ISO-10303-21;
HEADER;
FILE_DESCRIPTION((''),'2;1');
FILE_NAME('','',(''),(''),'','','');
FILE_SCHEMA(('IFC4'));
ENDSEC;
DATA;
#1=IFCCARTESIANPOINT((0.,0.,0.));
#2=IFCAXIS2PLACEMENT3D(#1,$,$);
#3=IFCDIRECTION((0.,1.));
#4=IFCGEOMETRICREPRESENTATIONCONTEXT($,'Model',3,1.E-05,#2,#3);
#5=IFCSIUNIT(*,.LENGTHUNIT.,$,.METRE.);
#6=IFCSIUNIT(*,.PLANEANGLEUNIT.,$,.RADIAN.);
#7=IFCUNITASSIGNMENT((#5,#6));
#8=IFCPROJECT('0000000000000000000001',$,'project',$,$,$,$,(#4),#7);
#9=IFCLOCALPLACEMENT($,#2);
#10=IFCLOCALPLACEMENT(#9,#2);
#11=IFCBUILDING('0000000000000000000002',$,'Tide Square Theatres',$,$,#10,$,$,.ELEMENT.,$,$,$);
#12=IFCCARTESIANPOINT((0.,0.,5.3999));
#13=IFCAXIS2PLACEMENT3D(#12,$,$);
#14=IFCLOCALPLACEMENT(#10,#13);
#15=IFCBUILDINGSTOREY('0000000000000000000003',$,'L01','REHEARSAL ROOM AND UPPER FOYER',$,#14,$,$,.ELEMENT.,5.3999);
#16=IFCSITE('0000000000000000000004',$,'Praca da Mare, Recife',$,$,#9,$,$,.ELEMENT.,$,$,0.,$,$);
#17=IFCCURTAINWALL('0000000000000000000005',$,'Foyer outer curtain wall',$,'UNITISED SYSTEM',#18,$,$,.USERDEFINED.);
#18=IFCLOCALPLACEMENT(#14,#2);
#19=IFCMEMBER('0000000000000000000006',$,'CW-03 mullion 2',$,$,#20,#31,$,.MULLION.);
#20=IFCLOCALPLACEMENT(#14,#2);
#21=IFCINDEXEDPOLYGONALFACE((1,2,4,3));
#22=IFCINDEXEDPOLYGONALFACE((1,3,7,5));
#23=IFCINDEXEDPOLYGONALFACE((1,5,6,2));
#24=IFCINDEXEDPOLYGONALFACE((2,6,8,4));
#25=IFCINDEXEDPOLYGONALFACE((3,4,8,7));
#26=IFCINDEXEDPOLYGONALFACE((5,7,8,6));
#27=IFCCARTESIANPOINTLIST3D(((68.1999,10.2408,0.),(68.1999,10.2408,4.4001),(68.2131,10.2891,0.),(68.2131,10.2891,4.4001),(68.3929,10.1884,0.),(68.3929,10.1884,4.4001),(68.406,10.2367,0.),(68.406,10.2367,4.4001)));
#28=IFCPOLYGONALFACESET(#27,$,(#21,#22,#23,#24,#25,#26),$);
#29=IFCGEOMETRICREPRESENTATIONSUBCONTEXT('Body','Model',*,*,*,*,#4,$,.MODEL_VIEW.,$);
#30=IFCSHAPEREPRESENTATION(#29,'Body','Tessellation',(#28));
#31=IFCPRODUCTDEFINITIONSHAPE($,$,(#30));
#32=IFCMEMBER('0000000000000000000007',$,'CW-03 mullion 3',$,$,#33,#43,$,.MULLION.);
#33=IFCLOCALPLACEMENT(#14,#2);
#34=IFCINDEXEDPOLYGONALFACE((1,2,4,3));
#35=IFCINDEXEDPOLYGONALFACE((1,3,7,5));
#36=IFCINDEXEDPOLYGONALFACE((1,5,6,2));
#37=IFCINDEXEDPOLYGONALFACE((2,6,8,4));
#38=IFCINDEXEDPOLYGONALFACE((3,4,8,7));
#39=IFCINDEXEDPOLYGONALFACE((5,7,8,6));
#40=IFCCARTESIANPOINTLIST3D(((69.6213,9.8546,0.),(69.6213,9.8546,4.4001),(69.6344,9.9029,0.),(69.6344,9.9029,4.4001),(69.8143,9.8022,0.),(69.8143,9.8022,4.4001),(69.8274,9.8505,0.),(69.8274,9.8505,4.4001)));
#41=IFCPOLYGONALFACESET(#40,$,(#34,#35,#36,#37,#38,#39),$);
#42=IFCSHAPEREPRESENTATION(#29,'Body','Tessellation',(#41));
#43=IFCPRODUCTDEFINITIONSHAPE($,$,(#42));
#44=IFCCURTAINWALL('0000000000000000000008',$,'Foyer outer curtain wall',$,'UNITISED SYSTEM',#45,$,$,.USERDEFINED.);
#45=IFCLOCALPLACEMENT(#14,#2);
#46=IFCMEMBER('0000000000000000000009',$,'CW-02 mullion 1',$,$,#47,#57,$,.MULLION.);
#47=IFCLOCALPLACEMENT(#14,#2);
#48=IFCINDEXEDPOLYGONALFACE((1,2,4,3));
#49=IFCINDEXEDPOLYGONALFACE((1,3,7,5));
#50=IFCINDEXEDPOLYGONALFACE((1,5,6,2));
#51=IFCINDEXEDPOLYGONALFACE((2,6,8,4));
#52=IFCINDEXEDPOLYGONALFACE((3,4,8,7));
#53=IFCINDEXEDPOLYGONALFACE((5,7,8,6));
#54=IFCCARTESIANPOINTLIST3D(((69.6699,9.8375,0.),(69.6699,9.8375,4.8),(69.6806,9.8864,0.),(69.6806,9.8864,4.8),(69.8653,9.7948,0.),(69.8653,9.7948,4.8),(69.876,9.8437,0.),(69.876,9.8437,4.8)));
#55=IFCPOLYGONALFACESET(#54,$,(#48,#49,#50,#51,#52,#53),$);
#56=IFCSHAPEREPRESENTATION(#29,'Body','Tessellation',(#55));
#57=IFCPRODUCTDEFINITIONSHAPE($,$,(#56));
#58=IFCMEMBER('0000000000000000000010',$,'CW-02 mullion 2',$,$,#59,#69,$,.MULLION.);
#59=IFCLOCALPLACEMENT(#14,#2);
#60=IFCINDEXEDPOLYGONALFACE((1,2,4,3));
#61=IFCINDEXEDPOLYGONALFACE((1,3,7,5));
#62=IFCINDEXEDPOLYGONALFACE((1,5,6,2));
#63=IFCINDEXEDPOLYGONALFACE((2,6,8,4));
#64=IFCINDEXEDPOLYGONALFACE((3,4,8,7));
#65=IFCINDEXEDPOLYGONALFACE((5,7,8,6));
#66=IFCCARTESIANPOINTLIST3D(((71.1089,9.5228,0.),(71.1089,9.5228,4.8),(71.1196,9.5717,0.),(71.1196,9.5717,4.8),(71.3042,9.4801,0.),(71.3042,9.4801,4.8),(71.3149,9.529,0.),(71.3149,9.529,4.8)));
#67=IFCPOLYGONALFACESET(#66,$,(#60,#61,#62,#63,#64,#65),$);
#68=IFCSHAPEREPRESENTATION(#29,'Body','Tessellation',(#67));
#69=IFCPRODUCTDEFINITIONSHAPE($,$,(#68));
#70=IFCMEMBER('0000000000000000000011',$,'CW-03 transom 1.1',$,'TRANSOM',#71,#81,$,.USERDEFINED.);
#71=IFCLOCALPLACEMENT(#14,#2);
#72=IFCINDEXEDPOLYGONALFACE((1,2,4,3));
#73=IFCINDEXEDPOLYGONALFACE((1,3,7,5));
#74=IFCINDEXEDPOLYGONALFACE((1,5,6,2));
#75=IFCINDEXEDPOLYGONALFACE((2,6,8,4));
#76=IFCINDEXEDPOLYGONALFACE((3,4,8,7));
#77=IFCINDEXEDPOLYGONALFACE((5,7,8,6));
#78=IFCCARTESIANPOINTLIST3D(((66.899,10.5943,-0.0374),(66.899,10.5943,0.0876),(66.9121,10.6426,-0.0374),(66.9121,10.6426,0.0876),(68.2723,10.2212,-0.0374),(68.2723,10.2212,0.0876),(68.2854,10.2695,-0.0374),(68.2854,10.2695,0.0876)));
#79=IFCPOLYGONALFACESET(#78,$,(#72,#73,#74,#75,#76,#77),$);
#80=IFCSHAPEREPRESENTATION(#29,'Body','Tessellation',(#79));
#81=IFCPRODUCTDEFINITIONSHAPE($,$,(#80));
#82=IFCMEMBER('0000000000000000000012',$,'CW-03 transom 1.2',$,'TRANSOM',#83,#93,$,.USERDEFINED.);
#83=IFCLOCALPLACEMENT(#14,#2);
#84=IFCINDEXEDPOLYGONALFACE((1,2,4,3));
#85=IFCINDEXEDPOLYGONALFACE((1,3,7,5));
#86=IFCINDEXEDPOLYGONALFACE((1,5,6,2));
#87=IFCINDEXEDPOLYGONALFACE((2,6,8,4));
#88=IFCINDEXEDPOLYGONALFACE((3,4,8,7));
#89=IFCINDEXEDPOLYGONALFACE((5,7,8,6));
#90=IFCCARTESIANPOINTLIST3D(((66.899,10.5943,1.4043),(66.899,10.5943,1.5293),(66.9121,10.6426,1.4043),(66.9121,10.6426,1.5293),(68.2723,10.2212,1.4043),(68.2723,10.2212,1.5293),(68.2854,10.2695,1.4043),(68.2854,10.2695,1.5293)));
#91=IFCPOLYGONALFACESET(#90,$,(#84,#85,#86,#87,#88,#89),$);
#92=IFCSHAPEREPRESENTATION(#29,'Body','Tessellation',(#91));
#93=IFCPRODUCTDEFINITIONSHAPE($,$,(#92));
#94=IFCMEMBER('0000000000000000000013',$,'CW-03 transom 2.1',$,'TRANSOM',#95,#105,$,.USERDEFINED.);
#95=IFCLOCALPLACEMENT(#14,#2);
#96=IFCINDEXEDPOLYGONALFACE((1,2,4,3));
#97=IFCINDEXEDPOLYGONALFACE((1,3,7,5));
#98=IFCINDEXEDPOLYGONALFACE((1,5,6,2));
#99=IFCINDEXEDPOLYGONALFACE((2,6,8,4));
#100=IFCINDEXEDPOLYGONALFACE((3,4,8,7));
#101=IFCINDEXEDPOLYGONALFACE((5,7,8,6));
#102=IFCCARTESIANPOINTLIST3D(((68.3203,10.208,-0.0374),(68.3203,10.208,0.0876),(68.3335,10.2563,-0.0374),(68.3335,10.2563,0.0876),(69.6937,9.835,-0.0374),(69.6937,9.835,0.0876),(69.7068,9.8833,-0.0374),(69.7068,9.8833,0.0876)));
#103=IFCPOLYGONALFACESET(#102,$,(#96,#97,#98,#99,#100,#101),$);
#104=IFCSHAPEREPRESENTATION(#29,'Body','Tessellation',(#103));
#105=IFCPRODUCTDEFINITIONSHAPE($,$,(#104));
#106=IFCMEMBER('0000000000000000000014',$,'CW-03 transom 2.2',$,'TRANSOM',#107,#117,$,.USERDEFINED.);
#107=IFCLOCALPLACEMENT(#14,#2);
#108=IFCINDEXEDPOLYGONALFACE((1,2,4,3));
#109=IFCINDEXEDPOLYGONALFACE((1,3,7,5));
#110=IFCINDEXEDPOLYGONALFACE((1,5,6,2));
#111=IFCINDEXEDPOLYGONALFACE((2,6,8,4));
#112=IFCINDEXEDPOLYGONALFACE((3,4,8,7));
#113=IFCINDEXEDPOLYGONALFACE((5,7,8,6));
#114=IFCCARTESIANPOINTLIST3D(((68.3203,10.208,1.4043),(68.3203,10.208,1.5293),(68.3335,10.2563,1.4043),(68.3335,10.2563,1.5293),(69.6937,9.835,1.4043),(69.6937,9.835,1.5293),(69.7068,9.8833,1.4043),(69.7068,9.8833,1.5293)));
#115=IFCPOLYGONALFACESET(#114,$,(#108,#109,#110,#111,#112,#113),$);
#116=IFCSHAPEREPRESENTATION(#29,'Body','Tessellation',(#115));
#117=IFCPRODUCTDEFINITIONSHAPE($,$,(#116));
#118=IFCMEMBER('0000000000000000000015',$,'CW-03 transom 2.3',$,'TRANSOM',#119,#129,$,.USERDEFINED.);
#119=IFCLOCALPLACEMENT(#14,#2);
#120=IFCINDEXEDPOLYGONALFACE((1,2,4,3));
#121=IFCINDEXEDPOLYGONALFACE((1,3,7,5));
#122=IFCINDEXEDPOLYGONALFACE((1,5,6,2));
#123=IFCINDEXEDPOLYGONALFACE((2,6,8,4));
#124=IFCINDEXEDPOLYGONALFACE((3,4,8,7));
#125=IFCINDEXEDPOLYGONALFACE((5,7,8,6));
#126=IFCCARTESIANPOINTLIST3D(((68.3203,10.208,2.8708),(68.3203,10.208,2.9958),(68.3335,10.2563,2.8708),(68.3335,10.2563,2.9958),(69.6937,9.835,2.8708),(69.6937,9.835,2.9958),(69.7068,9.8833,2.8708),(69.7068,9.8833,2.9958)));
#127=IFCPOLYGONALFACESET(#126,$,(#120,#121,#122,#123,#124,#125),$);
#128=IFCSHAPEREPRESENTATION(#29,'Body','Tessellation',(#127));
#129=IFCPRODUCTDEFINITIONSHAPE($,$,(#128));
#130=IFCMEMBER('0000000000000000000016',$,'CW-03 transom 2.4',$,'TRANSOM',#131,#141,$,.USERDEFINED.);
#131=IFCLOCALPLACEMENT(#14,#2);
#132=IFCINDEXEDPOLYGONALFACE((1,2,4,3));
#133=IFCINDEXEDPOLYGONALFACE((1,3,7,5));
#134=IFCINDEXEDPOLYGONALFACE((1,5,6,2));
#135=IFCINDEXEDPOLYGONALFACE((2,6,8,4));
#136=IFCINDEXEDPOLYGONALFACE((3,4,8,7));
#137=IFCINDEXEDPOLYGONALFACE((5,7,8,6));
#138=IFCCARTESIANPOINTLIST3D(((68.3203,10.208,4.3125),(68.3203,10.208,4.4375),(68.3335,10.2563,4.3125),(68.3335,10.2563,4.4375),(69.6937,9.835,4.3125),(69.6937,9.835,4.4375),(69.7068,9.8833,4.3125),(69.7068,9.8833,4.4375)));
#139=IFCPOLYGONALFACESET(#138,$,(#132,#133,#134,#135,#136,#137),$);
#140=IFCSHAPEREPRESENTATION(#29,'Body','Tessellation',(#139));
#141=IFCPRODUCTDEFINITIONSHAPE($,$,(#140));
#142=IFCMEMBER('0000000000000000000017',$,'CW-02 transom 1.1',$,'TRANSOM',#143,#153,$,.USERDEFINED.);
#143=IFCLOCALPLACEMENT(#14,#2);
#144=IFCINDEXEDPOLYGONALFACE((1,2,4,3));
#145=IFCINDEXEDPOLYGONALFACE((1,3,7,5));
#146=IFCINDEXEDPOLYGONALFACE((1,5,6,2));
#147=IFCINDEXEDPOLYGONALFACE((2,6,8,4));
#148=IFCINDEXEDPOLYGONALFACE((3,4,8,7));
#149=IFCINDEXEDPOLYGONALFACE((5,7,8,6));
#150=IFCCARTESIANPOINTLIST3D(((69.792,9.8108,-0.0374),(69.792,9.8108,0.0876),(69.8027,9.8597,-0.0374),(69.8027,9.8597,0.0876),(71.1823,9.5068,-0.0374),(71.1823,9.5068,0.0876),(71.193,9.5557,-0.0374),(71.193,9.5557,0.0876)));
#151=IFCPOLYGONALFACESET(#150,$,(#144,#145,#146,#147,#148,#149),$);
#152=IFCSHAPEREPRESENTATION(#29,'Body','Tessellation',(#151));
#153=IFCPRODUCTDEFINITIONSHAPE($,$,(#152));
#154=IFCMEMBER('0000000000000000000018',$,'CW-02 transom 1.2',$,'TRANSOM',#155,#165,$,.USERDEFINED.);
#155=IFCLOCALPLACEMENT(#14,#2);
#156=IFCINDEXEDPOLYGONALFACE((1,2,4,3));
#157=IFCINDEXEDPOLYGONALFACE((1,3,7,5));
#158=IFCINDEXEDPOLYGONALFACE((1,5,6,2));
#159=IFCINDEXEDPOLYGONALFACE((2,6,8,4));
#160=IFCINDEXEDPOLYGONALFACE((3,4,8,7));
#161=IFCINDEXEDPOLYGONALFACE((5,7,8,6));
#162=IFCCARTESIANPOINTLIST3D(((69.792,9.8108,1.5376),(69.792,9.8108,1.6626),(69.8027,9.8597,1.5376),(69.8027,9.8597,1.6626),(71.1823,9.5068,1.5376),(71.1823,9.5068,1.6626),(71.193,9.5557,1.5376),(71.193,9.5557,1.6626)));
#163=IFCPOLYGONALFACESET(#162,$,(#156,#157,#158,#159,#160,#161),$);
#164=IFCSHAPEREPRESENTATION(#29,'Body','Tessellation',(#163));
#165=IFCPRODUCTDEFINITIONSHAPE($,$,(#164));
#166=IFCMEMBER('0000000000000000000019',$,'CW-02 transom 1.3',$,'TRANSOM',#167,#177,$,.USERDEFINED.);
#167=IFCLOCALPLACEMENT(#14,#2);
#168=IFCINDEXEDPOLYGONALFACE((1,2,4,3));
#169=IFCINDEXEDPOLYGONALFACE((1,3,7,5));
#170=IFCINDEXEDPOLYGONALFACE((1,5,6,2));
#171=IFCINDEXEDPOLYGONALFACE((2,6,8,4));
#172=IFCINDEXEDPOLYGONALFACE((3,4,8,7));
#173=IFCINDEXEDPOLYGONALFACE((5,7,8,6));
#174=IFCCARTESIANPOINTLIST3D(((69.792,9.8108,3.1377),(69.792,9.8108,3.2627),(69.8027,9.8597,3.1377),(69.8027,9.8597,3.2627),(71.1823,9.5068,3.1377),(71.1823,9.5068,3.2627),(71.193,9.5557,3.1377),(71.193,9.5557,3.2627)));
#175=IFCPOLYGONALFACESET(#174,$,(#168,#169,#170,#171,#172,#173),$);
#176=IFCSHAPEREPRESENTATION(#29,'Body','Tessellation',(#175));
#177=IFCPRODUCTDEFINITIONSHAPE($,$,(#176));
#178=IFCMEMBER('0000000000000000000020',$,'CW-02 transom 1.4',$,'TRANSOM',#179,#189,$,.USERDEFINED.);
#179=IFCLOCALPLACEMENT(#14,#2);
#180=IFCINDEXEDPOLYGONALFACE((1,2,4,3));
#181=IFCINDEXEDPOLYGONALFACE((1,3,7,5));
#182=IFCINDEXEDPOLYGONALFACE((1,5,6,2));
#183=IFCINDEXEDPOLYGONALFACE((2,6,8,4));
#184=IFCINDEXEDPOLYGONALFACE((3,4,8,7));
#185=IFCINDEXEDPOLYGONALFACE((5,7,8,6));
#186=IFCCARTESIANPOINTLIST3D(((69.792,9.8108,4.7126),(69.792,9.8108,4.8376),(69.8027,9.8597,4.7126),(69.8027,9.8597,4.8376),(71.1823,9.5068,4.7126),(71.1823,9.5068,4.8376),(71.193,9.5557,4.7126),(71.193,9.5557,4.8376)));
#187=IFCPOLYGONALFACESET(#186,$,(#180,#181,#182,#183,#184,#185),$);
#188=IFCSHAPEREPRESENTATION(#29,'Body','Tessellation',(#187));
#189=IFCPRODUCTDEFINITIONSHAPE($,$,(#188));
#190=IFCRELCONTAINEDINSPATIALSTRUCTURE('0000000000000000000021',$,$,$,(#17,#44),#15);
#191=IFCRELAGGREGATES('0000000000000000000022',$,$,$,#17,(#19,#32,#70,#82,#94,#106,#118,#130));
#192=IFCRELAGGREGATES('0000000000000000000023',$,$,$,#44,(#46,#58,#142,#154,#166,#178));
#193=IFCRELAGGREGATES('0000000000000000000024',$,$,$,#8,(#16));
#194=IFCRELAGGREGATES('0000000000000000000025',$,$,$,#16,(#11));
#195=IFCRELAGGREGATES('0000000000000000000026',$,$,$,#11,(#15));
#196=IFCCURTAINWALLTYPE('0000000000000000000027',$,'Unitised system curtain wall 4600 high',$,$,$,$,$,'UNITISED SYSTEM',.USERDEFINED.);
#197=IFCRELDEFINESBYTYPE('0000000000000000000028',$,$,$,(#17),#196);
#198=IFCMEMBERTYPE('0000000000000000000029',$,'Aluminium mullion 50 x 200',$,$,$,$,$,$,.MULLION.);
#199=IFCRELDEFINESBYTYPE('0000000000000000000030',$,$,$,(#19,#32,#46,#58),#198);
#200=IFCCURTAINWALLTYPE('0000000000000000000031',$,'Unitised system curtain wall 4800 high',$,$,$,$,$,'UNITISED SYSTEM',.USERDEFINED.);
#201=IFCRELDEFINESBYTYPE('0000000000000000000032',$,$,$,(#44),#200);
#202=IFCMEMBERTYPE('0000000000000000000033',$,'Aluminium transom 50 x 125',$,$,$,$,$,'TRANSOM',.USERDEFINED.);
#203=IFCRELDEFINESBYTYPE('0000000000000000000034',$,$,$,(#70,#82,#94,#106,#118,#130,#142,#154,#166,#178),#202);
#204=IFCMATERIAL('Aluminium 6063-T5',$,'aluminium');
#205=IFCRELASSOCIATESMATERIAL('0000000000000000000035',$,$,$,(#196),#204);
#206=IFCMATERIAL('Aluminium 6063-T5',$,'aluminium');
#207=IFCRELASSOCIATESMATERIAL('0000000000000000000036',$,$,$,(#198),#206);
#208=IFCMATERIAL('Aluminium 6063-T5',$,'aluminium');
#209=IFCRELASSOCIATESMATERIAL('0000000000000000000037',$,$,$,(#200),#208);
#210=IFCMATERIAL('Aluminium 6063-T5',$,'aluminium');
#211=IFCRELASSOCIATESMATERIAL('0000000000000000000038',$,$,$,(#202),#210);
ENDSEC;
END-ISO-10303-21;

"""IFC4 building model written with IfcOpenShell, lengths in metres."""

from ifc_helpers import new_model, si_unit, direction, frame, origin, origin_2d, place, context, subcontext, project, spatial, rectangle, extrude, material, material_profile, profile_set, type_object, element, aggregate, save


model = new_model("IFC4")

# Units and contexts
model_context = context("Model", 3, precision=1e-05, world=origin(), true_north=direction((0.0, 1.0)))
body_context = subcontext(model_context, "Body", "Model", "MODEL_VIEW")
ifc_project = project(units=[si_unit("LENGTHUNIT", "METRE"), si_unit("PLANEANGLEUNIT", "RADIAN")], contexts=[model_context])

# Site, building, storey
site_placement = place(None, origin())
site = spatial("IfcSite", under=ifc_project, at=site_placement, Name="Praca da Mare, Recife", CompositionType="ELEMENT", RefElevation=0.0)
building_placement = place(site_placement, origin())
building = spatial("IfcBuilding", under=site, at=building_placement, Name="Tide Square Theatres", CompositionType="ELEMENT")
storey_placement = place(building_placement, frame((0.0, 0.0, 5.3999)))
storey = spatial("IfcBuildingStorey", under=building, at=storey_placement, Name="L01", Description="REHEARSAL ROOM AND UPPER FOYER", CompositionType="ELEMENT", Elevation=5.3999)

# Curtain walls, members
ifc_material_1 = material(Name="Aluminium 6063-T5", Category="aluminium")
curtain_wall_type_1 = type_object("IfcCurtainWallType", Name="Unitised system curtain wall 4600 high", ElementType="UNITISED SYSTEM", PredefinedType="USERDEFINED", material=ifc_material_1)
curtain_wall_1_placement = place(storey_placement, origin())
curtain_wall_1 = element("IfcCurtainWall", 1, at=curtain_wall_1_placement, inside=storey, type_object=curtain_wall_type_1, Name="Foyer outer curtain wall", ObjectType="UNITISED SYSTEM", PredefinedType="USERDEFINED")
ifc_material_2 = material(Name="Aluminium 6063-T5", Category="aluminium")
ifc_material_profile_1 = material_profile(ifc_material_2, rectangle(XDim=0.05, YDim=0.2, at=origin_2d()))
ifc_profile_set_1 = profile_set([ifc_material_profile_1], Name="Aluminium 6063-T5")
member_type_1 = type_object("IfcMemberType", Name="Aluminium mullion 50 x 200", PredefinedType="MULLION", material=ifc_profile_set_1)
member_1_placement = place(storey_placement, frame((68.303, 10.2388, 0.0), z_axis=(0.0, 0.0, 1.0), x_axis=(0.262214, 0.96501, 0.0)))
member_1 = element("IfcMember", 2, at=member_1_placement, type_object=member_type_1, Name="CW-03 mullion 2", PredefinedType="MULLION", context=body_context, shape_type="SweptSolid", body=[
    extrude(rectangle(XDim=0.05, YDim=0.2, at=origin_2d()), origin(), (0.0, 0.0, 1.0), 4.4001),
])
member_2_placement = place(storey_placement, frame((69.7244, 9.8525, 0.0), z_axis=(0.0, 0.0, 1.0), x_axis=(0.262214, 0.96501, 0.0)))
member_2 = element("IfcMember", 3, at=member_2_placement, type_object=member_type_1, Name="CW-03 mullion 3", PredefinedType="MULLION", context=body_context, shape_type="SweptSolid", body=[
    extrude(rectangle(XDim=0.05, YDim=0.2, at=origin_2d()), origin(), (0.0, 0.0, 1.0), 4.4001),
])
ifc_material_3 = material(Name="Aluminium 6063-T5", Category="aluminium")
curtain_wall_type_2 = type_object("IfcCurtainWallType", Name="Unitised system curtain wall 4800 high", ElementType="UNITISED SYSTEM", PredefinedType="USERDEFINED", material=ifc_material_3)
curtain_wall_2_placement = place(storey_placement, origin())
curtain_wall_2 = element("IfcCurtainWall", 4, at=curtain_wall_2_placement, inside=storey, type_object=curtain_wall_type_2, Name="Foyer outer curtain wall", ObjectType="UNITISED SYSTEM", PredefinedType="USERDEFINED")
member_3_placement = place(storey_placement, frame((69.7729, 9.8406, 0.0), z_axis=(0.0, 0.0, 1.0), x_axis=(0.213653, 0.97691, 0.0)))
member_3 = element("IfcMember", 5, at=member_3_placement, type_object=member_type_1, Name="CW-02 mullion 1", PredefinedType="MULLION", context=body_context, shape_type="SweptSolid", body=[
    extrude(rectangle(XDim=0.05, YDim=0.2, at=origin_2d()), origin(), (0.0, 0.0, 1.0), 4.8),
])
member_4_placement = place(storey_placement, frame((71.2119, 9.5259, 0.0), z_axis=(0.0, 0.0, 1.0), x_axis=(0.213653, 0.97691, 0.0)))
member_4 = element("IfcMember", 6, at=member_4_placement, type_object=member_type_1, Name="CW-02 mullion 2", PredefinedType="MULLION", context=body_context, shape_type="SweptSolid", body=[
    extrude(rectangle(XDim=0.05, YDim=0.2, at=origin_2d()), origin(), (0.0, 0.0, 1.0), 4.8),
])

# Members
ifc_material_4 = material(Name="Aluminium 6063-T5", Category="aluminium")
ifc_material_profile_2 = material_profile(ifc_material_4, rectangle(XDim=0.05, YDim=0.125, at=origin_2d()))
ifc_profile_set_2 = profile_set([ifc_material_profile_2], Name="Aluminium 6063-T5")
member_type_2 = type_object("IfcMemberType", Name="Aluminium transom 50 x 125", ElementType="TRANSOM", PredefinedType="USERDEFINED", material=ifc_profile_set_2)
member_5_placement = place(storey_placement, frame((66.9055, 10.6184, 0.0251), z_axis=(0.965029, -0.262145, 0.0), x_axis=(0.262145, 0.965029, 0.0)))
member_5 = element("IfcMember", 7, at=member_5_placement, type_object=member_type_2, Name="CW-03 transom 1.1", ObjectType="TRANSOM", PredefinedType="USERDEFINED", context=body_context, shape_type="SweptSolid", body=[
    extrude(rectangle(XDim=0.05, YDim=0.125, at=origin_2d()), origin(), (0.0, 0.0, 1.0), 1.4231),
])
member_6_placement = place(storey_placement, frame((66.9055, 10.6184, 1.4668), z_axis=(0.965029, -0.262145, 0.0), x_axis=(0.262145, 0.965029, 0.0)))
member_6 = element("IfcMember", 8, at=member_6_placement, type_object=member_type_2, Name="CW-03 transom 1.2", ObjectType="TRANSOM", PredefinedType="USERDEFINED", context=body_context, shape_type="SweptSolid", body=[
    extrude(rectangle(XDim=0.05, YDim=0.125, at=origin_2d()), origin(), (0.0, 0.0, 1.0), 1.4231),
])
member_7_placement = place(storey_placement, frame((68.3269, 10.2322, 0.0251), z_axis=(0.965029, -0.262145, 0.0), x_axis=(0.262145, 0.965029, 0.0)))
member_7 = element("IfcMember", 9, at=member_7_placement, type_object=member_type_2, Name="CW-03 transom 2.1", ObjectType="TRANSOM", PredefinedType="USERDEFINED", context=body_context, shape_type="SweptSolid", body=[
    extrude(rectangle(XDim=0.05, YDim=0.125, at=origin_2d()), origin(), (0.0, 0.0, 1.0), 1.4231),
])
member_8_placement = place(storey_placement, frame((68.3269, 10.2322, 1.4668), z_axis=(0.965029, -0.262145, 0.0), x_axis=(0.262145, 0.965029, 0.0)))
member_8 = element("IfcMember", 10, at=member_8_placement, type_object=member_type_2, Name="CW-03 transom 2.2", ObjectType="TRANSOM", PredefinedType="USERDEFINED", context=body_context, shape_type="SweptSolid", body=[
    extrude(rectangle(XDim=0.05, YDim=0.125, at=origin_2d()), origin(), (0.0, 0.0, 1.0), 1.4231),
])
member_9_placement = place(storey_placement, frame((68.3269, 10.2322, 2.9333), z_axis=(0.965029, -0.262145, 0.0), x_axis=(0.262145, 0.965029, 0.0)))
member_9 = element("IfcMember", 11, at=member_9_placement, type_object=member_type_2, Name="CW-03 transom 2.3", ObjectType="TRANSOM", PredefinedType="USERDEFINED", context=body_context, shape_type="SweptSolid", body=[
    extrude(rectangle(XDim=0.05, YDim=0.125, at=origin_2d()), origin(), (0.0, 0.0, 1.0), 1.4231),
])
member_10_placement = place(storey_placement, frame((68.3269, 10.2322, 4.375), z_axis=(0.965029, -0.262145, 0.0), x_axis=(0.262145, 0.965029, 0.0)))
member_10 = element("IfcMember", 12, at=member_10_placement, type_object=member_type_2, Name="CW-03 transom 2.4", ObjectType="TRANSOM", PredefinedType="USERDEFINED", context=body_context, shape_type="SweptSolid", body=[
    extrude(rectangle(XDim=0.05, YDim=0.125, at=origin_2d()), origin(), (0.0, 0.0, 1.0), 1.4231),
])
member_11_placement = place(storey_placement, frame((69.7974, 9.8352, 0.0251), z_axis=(0.97692, -0.213605, 0.0), x_axis=(0.213605, 0.97692, 0.0)))
member_11 = element("IfcMember", 13, at=member_11_placement, type_object=member_type_2, Name="CW-02 transom 1.1", ObjectType="TRANSOM", PredefinedType="USERDEFINED", context=body_context, shape_type="SweptSolid", body=[
    extrude(rectangle(XDim=0.05, YDim=0.125, at=origin_2d()), origin(), (0.0, 0.0, 1.0), 1.4231),
])
member_12_placement = place(storey_placement, frame((69.7974, 9.8352, 1.6001), z_axis=(0.97692, -0.213605, 0.0), x_axis=(0.213605, 0.97692, 0.0)))
member_12 = element("IfcMember", 14, at=member_12_placement, type_object=member_type_2, Name="CW-02 transom 1.2", ObjectType="TRANSOM", PredefinedType="USERDEFINED", context=body_context, shape_type="SweptSolid", body=[
    extrude(rectangle(XDim=0.05, YDim=0.125, at=origin_2d()), origin(), (0.0, 0.0, 1.0), 1.4231),
])
member_13_placement = place(storey_placement, frame((69.7974, 9.8352, 3.2002), z_axis=(0.97692, -0.213605, 0.0), x_axis=(0.213605, 0.97692, 0.0)))
member_13 = element("IfcMember", 15, at=member_13_placement, type_object=member_type_2, Name="CW-02 transom 1.3", ObjectType="TRANSOM", PredefinedType="USERDEFINED", context=body_context, shape_type="SweptSolid", body=[
    extrude(rectangle(XDim=0.05, YDim=0.125, at=origin_2d()), origin(), (0.0, 0.0, 1.0), 1.4231),
])
member_14_placement = place(storey_placement, frame((69.7974, 9.8352, 4.7751), z_axis=(0.97692, -0.213605, 0.0), x_axis=(0.213605, 0.97692, 0.0)))
member_14 = element("IfcMember", 16, at=member_14_placement, type_object=member_type_2, Name="CW-02 transom 1.4", ObjectType="TRANSOM", PredefinedType="USERDEFINED", context=body_context, shape_type="SweptSolid", body=[
    extrude(rectangle(XDim=0.05, YDim=0.125, at=origin_2d()), origin(), (0.0, 0.0, 1.0), 1.4231),
])

aggregate(curtain_wall_1, [member_1, member_2, member_5, member_6, member_7, member_8, member_9, member_10])
aggregate(curtain_wall_2, [member_3, member_4, member_11, member_12, member_13, member_14])

save(model, "model.ifc")
